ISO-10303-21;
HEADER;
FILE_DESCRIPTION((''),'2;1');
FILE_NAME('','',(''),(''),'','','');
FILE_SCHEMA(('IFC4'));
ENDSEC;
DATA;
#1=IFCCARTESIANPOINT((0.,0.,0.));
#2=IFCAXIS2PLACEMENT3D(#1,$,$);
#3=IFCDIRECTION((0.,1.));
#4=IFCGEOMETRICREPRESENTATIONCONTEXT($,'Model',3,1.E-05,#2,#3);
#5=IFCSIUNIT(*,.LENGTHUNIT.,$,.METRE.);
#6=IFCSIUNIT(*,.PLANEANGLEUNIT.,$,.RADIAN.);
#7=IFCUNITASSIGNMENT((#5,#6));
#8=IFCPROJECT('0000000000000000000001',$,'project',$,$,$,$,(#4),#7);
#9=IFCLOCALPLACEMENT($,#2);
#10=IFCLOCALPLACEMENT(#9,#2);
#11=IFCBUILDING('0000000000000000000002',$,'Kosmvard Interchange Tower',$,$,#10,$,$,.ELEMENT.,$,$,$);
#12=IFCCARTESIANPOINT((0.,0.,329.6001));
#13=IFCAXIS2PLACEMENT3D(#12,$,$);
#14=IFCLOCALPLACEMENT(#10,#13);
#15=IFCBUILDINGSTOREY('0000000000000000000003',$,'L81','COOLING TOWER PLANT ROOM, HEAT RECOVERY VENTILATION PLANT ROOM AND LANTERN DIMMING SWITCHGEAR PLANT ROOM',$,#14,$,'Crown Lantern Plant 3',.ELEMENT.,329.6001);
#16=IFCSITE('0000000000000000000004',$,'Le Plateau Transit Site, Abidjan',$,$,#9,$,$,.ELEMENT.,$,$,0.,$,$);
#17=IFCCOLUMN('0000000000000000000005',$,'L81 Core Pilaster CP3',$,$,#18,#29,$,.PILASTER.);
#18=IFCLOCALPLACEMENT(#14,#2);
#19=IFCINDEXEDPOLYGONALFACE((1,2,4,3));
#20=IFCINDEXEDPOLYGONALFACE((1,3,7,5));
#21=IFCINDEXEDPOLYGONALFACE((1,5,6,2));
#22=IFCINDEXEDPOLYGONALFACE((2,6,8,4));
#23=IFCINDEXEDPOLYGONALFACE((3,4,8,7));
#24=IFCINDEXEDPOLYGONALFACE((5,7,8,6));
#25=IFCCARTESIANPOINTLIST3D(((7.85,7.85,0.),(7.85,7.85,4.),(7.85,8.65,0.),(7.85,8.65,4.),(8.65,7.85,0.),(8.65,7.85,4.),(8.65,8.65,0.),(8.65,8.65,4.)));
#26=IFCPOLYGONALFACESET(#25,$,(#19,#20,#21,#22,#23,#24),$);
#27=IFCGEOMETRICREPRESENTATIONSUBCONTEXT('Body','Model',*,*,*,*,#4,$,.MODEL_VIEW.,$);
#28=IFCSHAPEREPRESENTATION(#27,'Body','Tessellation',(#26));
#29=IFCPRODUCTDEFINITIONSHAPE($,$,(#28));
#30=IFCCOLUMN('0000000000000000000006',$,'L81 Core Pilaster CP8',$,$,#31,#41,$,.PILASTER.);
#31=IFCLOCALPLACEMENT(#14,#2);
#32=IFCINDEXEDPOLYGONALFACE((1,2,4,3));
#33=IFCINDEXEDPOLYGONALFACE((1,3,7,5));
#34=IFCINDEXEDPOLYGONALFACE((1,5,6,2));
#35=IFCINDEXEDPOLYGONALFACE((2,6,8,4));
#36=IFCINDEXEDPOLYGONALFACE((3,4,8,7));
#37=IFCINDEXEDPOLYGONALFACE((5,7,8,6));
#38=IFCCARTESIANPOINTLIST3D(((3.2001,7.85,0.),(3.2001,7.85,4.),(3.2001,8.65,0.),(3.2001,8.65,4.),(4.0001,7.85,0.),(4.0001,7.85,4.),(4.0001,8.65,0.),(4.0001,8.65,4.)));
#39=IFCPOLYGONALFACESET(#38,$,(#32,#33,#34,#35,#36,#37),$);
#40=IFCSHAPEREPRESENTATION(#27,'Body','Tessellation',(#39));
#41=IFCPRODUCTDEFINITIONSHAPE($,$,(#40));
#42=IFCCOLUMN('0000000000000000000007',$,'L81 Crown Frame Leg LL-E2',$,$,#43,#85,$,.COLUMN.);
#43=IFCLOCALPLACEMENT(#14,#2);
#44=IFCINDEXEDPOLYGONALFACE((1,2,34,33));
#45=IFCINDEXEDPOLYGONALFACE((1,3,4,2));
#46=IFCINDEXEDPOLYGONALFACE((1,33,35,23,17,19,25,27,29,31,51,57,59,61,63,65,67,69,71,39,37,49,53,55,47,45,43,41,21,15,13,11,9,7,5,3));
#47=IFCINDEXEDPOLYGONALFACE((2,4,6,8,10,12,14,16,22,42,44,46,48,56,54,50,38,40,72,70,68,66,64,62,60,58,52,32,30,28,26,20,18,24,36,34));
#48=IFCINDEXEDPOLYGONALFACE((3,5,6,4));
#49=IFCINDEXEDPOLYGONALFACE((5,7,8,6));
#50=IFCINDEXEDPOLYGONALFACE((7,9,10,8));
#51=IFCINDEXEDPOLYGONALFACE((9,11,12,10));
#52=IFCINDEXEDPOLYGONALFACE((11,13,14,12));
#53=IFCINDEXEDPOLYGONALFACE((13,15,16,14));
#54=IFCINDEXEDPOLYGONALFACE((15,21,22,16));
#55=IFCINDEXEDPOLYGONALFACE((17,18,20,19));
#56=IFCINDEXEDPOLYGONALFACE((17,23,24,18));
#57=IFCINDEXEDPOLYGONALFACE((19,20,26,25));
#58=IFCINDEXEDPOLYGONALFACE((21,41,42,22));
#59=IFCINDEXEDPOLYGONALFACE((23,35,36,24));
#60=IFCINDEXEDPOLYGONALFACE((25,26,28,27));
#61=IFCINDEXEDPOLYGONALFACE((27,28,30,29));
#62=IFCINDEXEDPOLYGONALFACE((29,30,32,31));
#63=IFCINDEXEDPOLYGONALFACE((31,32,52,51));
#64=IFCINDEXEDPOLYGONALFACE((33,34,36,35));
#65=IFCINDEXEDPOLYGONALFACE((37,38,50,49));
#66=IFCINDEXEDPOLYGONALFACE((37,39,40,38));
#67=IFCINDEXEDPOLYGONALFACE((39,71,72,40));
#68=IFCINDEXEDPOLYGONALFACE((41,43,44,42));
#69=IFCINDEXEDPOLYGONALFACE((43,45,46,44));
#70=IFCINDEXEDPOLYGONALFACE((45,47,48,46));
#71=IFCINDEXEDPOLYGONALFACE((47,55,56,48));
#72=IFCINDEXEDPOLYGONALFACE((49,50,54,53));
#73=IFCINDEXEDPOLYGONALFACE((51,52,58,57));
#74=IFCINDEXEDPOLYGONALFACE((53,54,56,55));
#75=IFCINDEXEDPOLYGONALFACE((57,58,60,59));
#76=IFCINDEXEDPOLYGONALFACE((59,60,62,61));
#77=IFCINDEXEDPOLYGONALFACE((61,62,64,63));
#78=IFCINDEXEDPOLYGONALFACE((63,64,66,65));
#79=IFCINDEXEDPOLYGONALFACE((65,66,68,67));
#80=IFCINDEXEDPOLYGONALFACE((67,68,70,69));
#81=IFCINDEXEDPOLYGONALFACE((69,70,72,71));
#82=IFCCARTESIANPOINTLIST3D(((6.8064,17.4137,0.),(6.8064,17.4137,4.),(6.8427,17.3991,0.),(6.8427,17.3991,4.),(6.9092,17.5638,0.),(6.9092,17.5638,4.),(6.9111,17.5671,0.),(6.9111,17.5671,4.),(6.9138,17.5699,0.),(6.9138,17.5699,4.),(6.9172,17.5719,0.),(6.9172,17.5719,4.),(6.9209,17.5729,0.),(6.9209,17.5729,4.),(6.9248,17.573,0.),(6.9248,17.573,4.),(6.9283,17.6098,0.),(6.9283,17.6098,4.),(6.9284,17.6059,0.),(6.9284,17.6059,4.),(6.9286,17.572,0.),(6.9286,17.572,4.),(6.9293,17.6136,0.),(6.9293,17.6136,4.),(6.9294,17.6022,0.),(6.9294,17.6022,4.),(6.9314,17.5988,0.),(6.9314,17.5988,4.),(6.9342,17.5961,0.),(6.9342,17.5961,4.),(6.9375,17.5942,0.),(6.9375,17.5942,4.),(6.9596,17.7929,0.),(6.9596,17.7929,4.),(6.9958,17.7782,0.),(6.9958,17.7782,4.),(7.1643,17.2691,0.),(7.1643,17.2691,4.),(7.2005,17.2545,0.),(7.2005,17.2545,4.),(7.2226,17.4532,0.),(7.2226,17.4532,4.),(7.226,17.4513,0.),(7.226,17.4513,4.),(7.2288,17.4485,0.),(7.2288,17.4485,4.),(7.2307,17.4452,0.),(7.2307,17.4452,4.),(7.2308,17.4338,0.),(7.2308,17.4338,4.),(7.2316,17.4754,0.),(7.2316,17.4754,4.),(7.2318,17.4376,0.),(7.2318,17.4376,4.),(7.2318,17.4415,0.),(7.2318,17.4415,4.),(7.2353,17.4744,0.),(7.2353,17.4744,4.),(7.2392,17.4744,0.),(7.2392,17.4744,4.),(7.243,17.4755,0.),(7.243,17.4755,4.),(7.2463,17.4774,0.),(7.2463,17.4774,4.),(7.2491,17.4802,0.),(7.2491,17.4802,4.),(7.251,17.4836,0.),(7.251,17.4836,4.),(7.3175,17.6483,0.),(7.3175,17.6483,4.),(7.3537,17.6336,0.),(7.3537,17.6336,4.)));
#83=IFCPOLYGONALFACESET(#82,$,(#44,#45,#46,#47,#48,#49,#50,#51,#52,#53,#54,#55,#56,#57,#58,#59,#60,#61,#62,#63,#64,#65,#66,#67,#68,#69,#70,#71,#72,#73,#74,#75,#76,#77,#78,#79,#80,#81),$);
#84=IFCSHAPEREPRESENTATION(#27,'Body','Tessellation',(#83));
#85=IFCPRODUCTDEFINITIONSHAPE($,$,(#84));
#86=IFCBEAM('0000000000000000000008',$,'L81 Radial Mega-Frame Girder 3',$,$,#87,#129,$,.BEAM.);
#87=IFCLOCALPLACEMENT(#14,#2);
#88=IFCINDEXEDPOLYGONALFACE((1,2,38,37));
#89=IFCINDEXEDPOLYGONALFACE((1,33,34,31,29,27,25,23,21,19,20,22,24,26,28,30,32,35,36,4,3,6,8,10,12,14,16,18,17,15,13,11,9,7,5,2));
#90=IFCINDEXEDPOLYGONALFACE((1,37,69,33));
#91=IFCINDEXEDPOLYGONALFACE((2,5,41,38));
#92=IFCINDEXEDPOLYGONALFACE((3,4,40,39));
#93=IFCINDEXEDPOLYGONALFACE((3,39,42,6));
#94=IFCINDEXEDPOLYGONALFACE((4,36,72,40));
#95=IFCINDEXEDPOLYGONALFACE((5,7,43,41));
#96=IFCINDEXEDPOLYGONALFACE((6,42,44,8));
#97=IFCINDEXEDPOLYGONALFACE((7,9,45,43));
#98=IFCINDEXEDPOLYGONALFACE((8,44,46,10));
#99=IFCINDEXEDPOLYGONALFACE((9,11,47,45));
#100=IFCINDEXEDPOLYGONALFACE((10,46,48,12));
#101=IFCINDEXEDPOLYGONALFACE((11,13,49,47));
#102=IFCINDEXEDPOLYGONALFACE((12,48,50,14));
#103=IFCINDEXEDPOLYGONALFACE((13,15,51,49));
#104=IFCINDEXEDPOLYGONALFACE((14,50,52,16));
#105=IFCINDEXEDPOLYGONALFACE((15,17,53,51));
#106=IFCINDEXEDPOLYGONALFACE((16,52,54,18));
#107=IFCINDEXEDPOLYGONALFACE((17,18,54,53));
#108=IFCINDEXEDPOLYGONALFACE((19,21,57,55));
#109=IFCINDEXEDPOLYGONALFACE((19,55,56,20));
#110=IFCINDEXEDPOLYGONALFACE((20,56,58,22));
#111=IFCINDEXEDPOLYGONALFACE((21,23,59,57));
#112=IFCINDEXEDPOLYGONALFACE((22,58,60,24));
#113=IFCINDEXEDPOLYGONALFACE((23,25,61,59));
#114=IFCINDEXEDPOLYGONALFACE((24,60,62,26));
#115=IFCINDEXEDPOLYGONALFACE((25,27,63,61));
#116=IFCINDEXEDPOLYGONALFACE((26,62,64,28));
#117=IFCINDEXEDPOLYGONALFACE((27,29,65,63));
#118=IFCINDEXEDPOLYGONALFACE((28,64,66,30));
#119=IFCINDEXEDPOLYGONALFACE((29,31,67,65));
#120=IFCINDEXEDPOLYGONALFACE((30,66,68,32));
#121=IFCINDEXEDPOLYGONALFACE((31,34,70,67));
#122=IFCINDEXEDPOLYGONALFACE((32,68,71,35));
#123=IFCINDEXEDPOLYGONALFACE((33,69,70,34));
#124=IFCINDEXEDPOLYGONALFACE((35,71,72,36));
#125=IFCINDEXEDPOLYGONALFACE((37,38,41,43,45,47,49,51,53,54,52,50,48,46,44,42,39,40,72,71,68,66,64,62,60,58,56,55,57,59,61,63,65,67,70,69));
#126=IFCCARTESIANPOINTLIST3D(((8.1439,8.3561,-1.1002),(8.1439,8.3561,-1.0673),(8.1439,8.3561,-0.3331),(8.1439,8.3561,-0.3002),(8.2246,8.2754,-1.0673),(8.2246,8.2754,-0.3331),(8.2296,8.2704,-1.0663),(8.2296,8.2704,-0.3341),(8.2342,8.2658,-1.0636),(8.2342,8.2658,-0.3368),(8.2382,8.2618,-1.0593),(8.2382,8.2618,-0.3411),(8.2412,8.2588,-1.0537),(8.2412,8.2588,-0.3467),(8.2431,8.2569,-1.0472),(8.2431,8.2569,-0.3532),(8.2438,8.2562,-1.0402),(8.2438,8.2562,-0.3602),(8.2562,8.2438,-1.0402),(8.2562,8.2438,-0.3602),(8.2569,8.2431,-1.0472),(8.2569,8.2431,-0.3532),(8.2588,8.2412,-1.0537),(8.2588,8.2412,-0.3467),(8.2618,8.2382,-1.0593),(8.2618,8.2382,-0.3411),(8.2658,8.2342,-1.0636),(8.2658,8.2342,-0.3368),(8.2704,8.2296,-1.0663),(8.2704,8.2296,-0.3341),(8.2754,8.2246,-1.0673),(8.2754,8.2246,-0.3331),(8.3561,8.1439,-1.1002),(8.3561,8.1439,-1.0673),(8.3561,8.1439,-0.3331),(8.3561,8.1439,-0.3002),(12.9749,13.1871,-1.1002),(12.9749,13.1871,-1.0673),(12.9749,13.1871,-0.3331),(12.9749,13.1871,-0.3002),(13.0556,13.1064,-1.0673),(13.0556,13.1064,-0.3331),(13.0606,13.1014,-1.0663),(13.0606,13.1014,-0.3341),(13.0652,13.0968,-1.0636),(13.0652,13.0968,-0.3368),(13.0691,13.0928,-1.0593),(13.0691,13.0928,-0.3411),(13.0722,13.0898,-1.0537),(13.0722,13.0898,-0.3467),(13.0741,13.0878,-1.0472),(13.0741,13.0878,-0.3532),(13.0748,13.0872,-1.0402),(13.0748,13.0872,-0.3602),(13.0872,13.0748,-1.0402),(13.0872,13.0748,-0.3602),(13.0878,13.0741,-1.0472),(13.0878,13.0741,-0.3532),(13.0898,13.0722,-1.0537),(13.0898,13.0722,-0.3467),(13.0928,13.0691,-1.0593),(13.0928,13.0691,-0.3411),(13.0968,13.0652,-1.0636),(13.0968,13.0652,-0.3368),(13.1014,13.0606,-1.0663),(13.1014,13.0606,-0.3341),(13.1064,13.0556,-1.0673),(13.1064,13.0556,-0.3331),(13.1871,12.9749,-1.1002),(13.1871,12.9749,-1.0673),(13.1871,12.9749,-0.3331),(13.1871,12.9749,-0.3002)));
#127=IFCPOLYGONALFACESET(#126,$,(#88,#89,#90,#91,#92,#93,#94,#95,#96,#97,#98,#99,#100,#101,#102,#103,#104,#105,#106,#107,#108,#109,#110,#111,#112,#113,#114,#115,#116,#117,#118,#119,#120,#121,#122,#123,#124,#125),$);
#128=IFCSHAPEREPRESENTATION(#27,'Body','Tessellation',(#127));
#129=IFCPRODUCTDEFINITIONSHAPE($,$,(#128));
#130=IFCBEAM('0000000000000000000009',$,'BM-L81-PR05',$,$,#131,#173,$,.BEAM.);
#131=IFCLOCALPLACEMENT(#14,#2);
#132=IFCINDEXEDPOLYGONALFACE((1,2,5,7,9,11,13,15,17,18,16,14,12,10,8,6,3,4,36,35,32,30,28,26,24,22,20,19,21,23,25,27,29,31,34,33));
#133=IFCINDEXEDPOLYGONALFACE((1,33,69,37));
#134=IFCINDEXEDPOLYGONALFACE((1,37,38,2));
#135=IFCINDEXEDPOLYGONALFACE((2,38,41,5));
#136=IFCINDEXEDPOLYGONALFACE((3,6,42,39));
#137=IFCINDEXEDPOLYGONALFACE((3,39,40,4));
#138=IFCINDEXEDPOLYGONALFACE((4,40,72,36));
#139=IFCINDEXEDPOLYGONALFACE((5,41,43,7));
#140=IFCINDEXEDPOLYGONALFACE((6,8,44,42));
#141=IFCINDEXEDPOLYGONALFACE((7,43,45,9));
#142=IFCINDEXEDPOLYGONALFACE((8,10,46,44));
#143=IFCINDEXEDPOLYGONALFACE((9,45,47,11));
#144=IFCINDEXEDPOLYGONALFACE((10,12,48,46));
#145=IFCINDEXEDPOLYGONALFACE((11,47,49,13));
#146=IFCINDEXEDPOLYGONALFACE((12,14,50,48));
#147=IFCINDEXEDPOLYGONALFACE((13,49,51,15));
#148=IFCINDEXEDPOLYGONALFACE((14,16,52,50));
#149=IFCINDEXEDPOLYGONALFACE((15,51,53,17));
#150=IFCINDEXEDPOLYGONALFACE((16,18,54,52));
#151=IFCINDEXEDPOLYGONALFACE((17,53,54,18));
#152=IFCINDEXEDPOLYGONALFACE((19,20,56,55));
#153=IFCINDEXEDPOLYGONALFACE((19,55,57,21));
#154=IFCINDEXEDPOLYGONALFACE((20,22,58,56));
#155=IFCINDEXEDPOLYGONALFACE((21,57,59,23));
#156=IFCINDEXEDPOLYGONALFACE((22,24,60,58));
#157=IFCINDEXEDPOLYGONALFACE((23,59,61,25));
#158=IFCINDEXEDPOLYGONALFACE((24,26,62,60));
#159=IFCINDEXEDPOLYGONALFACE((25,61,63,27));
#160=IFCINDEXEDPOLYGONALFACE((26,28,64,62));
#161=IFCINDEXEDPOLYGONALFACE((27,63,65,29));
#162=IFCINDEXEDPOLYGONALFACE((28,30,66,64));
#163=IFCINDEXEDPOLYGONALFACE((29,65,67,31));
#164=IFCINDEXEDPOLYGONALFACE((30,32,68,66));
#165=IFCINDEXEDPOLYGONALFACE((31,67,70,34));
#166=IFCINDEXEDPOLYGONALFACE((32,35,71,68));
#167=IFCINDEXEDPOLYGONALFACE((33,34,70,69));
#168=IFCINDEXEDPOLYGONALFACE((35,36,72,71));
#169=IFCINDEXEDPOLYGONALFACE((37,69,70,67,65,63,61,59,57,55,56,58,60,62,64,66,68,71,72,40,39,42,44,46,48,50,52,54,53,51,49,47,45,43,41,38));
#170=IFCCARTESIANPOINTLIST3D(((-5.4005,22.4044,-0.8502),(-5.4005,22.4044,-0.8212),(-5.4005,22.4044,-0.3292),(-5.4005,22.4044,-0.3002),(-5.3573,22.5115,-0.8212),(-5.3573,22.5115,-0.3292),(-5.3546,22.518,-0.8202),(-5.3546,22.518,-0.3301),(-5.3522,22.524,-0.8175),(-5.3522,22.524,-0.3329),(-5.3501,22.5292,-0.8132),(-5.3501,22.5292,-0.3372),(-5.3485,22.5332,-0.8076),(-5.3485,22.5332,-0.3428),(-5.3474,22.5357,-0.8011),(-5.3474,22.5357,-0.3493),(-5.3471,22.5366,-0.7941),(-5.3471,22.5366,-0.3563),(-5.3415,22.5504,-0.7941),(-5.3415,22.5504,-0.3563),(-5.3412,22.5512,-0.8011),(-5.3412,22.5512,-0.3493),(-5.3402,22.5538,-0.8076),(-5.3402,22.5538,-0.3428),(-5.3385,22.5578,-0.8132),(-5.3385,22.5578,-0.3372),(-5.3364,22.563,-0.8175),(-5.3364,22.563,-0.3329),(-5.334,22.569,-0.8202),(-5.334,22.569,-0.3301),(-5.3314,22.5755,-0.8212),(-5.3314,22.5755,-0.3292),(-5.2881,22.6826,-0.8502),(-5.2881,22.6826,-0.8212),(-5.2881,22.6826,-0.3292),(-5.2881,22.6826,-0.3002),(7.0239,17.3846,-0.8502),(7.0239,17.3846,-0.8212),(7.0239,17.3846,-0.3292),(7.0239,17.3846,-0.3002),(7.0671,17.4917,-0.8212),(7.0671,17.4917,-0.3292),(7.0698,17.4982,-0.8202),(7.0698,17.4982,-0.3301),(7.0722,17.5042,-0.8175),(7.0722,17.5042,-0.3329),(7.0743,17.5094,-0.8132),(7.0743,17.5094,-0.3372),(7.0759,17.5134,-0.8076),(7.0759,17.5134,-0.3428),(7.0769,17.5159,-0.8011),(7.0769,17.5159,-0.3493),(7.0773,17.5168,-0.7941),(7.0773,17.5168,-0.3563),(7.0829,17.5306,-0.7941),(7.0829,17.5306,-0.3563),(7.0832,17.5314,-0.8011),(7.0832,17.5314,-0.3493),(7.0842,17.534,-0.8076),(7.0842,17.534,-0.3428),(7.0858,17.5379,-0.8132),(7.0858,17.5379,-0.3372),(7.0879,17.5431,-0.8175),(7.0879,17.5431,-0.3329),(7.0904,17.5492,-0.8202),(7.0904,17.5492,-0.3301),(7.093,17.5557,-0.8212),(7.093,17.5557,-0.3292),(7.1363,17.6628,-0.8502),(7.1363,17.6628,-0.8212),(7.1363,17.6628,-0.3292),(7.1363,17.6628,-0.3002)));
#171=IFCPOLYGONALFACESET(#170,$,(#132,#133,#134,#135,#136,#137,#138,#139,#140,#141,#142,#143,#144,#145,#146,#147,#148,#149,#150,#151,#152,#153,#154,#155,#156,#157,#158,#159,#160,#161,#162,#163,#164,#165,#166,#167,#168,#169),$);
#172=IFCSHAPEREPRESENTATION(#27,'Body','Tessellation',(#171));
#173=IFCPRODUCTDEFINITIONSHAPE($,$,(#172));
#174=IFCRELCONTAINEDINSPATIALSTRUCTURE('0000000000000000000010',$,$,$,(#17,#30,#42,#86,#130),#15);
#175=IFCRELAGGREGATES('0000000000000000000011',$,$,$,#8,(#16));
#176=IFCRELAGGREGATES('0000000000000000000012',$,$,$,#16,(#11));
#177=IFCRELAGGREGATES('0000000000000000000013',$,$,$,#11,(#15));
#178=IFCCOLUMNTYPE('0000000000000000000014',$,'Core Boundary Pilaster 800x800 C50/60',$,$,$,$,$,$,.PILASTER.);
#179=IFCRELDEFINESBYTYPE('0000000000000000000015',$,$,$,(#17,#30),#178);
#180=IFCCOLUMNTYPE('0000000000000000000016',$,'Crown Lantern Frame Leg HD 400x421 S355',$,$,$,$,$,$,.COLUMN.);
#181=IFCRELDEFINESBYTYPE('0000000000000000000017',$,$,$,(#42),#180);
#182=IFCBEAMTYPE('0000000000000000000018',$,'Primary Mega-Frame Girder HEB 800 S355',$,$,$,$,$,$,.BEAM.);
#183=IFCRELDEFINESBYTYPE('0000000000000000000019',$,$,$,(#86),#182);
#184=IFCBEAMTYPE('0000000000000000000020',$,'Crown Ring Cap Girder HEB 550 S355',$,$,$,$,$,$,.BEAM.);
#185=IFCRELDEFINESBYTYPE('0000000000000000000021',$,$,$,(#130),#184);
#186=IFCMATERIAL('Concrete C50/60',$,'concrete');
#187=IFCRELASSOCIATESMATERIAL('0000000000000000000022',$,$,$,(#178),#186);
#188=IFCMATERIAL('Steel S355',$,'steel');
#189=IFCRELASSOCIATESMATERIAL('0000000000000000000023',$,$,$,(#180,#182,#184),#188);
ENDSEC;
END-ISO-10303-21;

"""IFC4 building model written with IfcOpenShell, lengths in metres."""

from ifc_helpers import new_model, si_unit, direction, frame, origin, origin_2d, place, context, subcontext, project, spatial, rectangle, i_section, extrude, source, transform, mapped, material, material_profile, profile_set, type_object, element, save


model = new_model("IFC4")

# Units and contexts
model_context = context("Model", 3, precision=1e-05, world=origin(), true_north=direction((0.0, 1.0)))
body_context = subcontext(model_context, "Body", "Model", "MODEL_VIEW")
ifc_project = project(units=[si_unit("LENGTHUNIT", "METRE"), si_unit("PLANEANGLEUNIT", "RADIAN")], contexts=[model_context])

# Site, building, storey
site_placement = place(None, origin())
site = spatial("IfcSite", under=ifc_project, at=site_placement, Name="Le Plateau Transit Site, Abidjan", CompositionType="ELEMENT", RefElevation=0.0)
building_placement = place(site_placement, origin())
building = spatial("IfcBuilding", under=site, at=building_placement, Name="Kosmvard Interchange Tower", CompositionType="ELEMENT")
storey_placement = place(building_placement, frame((0.0, 0.0, 329.6001)))
storey = spatial("IfcBuildingStorey", under=building, at=storey_placement, Name="L81", Description="COOLING TOWER PLANT ROOM, HEAT RECOVERY VENTILATION PLANT ROOM AND LANTERN DIMMING SWITCHGEAR PLANT ROOM", LongName="Crown Lantern Plant 3", CompositionType="ELEMENT", Elevation=329.6001)

# Columns
ifc_material_1 = material(Name="Concrete C50/60", Category="concrete")
ifc_material_profile_1 = material_profile(ifc_material_1, rectangle(XDim=0.8, YDim=0.8, at=origin_2d()), Name="CP 800x800")
ifc_profile_set_1 = profile_set([ifc_material_profile_1], Name="Concrete C50/60")
column_type_1 = type_object("IfcColumnType", Name="Core Boundary Pilaster 800x800 C50/60", PredefinedType="PILASTER", material=ifc_profile_set_1)
shared_shape_1 = source(origin(), body_context, "Body", "SweptSolid", [
    extrude(rectangle(XDim=0.8, YDim=0.8, at=origin_2d()), origin(), (0.0, 0.0, 1.0), 4.0),
])
for number, where, z_axis, x_axis, name in (
    (1, (8.25, 8.25, 0.0), (0.0, 0.0, 1.0), (1.0, 0.0, 0.0), "L81 Core Pilaster CP3"),
    (2, (3.6001, 8.25, 0.0), (0.0, 0.0, 1.0), (1.0, 0.0, 0.0), "L81 Core Pilaster CP8"),
):
    element("IfcColumn", number, at=place(storey_placement, frame(where, z_axis=z_axis, x_axis=x_axis)), inside=storey, type_object=column_type_1, Name=name, PredefinedType="PILASTER", context=body_context, shape_type="MappedRepresentation", body=[
        mapped(shared_shape_1, transform((0.0, 0.0, 0.0), scale=1.0)),
    ])
ifc_material_2 = material(Name="Steel S355", Category="steel")
ifc_material_profile_2 = material_profile(ifc_material_2, i_section(OverallWidth=0.4089, OverallDepth=0.425, WebThickness=0.0239, FlangeThickness=0.0391, FilletRadius=0.0149, at=origin_2d()), Name="HD 400x421")
ifc_profile_set_2 = profile_set([ifc_material_profile_2], Name="Steel S355")
column_type_2 = type_object("IfcColumnType", Name="Crown Lantern Frame Leg HD 400x421 S355", PredefinedType="COLUMN", material=ifc_profile_set_2)
shared_shape_2 = source(origin(), body_context, "Body", "SweptSolid", [
    extrude(i_section(OverallWidth=0.4089, OverallDepth=0.425, WebThickness=0.0239, FlangeThickness=0.0391, FilletRadius=0.0149, at=origin_2d()), origin(), (0.0, 0.0, 1.0), 4.0),
])
column_placement = place(storey_placement, frame((7.0801, 17.5237, 0.0), z_axis=(0.0, 0.0, 1.0), x_axis=(0.374607, 0.927184, 0.0)))
element("IfcColumn", 3, at=column_placement, inside=storey, type_object=column_type_2, Name="L81 Crown Frame Leg LL-E2", PredefinedType="COLUMN", context=body_context, shape_type="MappedRepresentation", body=[
    mapped(shared_shape_2, transform((0.0, 0.0, 0.0), scale=1.0)),
])

# Beams
ifc_material_profile_3 = material_profile(ifc_material_2, i_section(OverallWidth=0.3, OverallDepth=0.8, WebThickness=0.0176, FlangeThickness=0.033, FilletRadius=0.0271, at=origin_2d()), Name="HEB 800")
ifc_profile_set_3 = profile_set([ifc_material_profile_3], Name="Steel S355")
beam_type_1 = type_object("IfcBeamType", Name="Primary Mega-Frame Girder HEB 800 S355", PredefinedType="BEAM", material=ifc_profile_set_3)
shared_shape_3 = source(origin(), body_context, "Body", "SweptSolid", [
    extrude(i_section(OverallWidth=0.3, OverallDepth=0.8, WebThickness=0.0176, FlangeThickness=0.033, FilletRadius=0.0271, at=origin_2d()), origin(), (0.0, 0.0, 1.0), 6.832),
])
beam_1_placement = place(storey_placement, frame((8.25, 8.25, -0.7002), z_axis=(0.707107, 0.707107, 0.0), x_axis=(-0.707107, 0.707107, 0.0)))
element("IfcBeam", 4, at=beam_1_placement, inside=storey, type_object=beam_type_1, Name="L81 Radial Mega-Frame Girder 3", PredefinedType="BEAM", context=body_context, shape_type="MappedRepresentation", body=[
    mapped(shared_shape_3, transform((0.0, 0.0, 0.0), scale=1.0)),
])
ifc_material_profile_4 = material_profile(ifc_material_2, i_section(OverallWidth=0.3, OverallDepth=0.55, WebThickness=0.0149, FlangeThickness=0.0291, FilletRadius=0.0271, at=origin_2d()), Name="HEB 550")
ifc_profile_set_4 = profile_set([ifc_material_profile_4], Name="Steel S355")
beam_type_2 = type_object("IfcBeamType", Name="Crown Ring Cap Girder HEB 550 S355", PredefinedType="BEAM", material=ifc_profile_set_4)
shared_shape_4 = source(origin(), body_context, "Body", "SweptSolid", [
    extrude(i_section(OverallWidth=0.3, OverallDepth=0.55, WebThickness=0.0149, FlangeThickness=0.0291, FilletRadius=0.0271, at=origin_2d()), origin(), (0.0, 0.0, 1.0), 13.4001),
])
beam_2_placement = place(storey_placement, frame((7.0801, 17.5237, -0.5752), z_axis=(-0.927183, 0.374608, 0.0), x_axis=(-0.374608, -0.927183, 0.0)))
element("IfcBeam", 5, at=beam_2_placement, inside=storey, type_object=beam_type_2, Name="BM-L81-PR05", PredefinedType="BEAM", context=body_context, shape_type="MappedRepresentation", body=[
    mapped(shared_shape_4, transform((0.0, 0.0, 0.0), scale=1.0)),
])

save(model, "model.ifc")
